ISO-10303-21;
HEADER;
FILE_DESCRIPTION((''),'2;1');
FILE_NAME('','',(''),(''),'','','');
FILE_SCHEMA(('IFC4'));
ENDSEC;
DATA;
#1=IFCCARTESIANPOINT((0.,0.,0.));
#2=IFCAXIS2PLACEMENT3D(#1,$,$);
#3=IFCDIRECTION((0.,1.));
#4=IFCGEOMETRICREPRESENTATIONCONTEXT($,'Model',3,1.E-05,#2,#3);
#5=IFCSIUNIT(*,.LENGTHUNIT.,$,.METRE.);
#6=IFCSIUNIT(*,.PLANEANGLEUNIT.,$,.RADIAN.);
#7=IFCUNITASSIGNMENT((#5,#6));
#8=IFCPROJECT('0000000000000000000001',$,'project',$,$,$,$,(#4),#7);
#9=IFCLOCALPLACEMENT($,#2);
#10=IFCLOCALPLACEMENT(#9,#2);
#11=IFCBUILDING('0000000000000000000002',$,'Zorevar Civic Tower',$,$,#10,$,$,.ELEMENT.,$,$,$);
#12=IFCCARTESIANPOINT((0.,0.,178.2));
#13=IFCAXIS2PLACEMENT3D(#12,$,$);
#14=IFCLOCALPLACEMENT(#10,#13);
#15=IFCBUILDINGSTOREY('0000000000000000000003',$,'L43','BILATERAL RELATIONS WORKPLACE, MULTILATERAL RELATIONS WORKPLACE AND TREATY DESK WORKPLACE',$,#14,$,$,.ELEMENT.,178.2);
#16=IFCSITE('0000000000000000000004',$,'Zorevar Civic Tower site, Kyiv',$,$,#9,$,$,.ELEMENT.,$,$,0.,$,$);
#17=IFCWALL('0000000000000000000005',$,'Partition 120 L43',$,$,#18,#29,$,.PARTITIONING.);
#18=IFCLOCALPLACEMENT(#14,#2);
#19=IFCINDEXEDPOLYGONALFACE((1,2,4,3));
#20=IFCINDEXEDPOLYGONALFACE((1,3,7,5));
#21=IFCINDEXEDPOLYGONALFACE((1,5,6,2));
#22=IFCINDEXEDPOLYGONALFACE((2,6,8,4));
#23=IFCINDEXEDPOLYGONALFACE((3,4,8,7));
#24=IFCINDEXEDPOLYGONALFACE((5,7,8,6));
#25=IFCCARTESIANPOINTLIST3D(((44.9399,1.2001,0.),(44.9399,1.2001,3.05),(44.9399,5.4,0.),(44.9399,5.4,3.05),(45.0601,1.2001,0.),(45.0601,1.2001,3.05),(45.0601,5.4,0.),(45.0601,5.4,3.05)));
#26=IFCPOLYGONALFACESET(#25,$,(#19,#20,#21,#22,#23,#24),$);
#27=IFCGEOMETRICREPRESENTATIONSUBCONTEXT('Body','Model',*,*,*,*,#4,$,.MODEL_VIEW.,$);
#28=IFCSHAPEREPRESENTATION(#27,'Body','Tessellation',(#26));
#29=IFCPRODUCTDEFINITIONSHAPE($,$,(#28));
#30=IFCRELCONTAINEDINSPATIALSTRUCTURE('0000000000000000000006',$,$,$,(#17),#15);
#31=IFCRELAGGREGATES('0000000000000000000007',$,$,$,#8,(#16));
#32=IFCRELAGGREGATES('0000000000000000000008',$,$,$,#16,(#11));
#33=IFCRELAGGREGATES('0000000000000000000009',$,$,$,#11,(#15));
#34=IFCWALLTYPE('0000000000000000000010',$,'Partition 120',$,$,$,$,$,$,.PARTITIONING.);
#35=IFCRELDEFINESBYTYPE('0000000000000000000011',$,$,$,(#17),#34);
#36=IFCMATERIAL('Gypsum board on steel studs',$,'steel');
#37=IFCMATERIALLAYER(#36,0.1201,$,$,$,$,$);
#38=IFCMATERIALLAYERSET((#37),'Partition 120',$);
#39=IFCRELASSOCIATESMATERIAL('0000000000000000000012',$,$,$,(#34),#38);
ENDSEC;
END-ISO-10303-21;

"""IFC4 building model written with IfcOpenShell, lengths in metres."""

from ifc_helpers import new_model, si_unit, direction, frame, frame_2d, origin, place, context, subcontext, project, spatial, rectangle, extrude, material, layer, layer_set, type_object, element, save


model = new_model("IFC4")

# Units and contexts
model_context = context("Model", 3, precision=1e-05, world=origin(), true_north=direction((0.0, 1.0)))
body_context = subcontext(model_context, "Body", "Model", "MODEL_VIEW")
ifc_project = project(units=[si_unit("LENGTHUNIT", "METRE"), si_unit("PLANEANGLEUNIT", "RADIAN")], contexts=[model_context])

# Site, building, storey
site_placement = place(None, origin())
site = spatial("IfcSite", under=ifc_project, at=site_placement, Name="Zorevar Civic Tower site, Kyiv", CompositionType="ELEMENT", RefElevation=0.0)
building_placement = place(site_placement, origin())
building = spatial("IfcBuilding", under=site, at=building_placement, Name="Zorevar Civic Tower", CompositionType="ELEMENT")
storey_placement = place(building_placement, frame((0.0, 0.0, 178.2)))
storey = spatial("IfcBuildingStorey", under=building, at=storey_placement, Name="L43", Description="BILATERAL RELATIONS WORKPLACE, MULTILATERAL RELATIONS WORKPLACE AND TREATY DESK WORKPLACE", CompositionType="ELEMENT", Elevation=178.2)

# Shared definitions
ifc_material_1 = material(Name="Gypsum board on steel studs", Category="steel")
ifc_layer_1 = layer(ifc_material_1, 0.1201)
ifc_layer_set_1 = layer_set([ifc_layer_1], Name="Partition 120")
wall_type = type_object("IfcWallType", Name="Partition 120", PredefinedType="PARTITIONING", material=ifc_layer_set_1)

# Wall
wall_1_placement = place(storey_placement, frame((45.0, 1.2, 0.0), z_axis=(0.0, 0.0, 1.0), x_axis=(0.0, 1.0, 0.0)))
element("IfcWall", 1, at=wall_1_placement, inside=storey, type_object=wall_type, Name="Partition 120 L43", PredefinedType="PARTITIONING", context=body_context, shape_type="SweptSolid", body=[
    extrude(rectangle(XDim=4.2, YDim=0.1201, at=frame_2d((2.1001, 0.0))), origin(), (0.0, 0.0, 1.0), 3.05),
])

save(model, "model.ifc")
